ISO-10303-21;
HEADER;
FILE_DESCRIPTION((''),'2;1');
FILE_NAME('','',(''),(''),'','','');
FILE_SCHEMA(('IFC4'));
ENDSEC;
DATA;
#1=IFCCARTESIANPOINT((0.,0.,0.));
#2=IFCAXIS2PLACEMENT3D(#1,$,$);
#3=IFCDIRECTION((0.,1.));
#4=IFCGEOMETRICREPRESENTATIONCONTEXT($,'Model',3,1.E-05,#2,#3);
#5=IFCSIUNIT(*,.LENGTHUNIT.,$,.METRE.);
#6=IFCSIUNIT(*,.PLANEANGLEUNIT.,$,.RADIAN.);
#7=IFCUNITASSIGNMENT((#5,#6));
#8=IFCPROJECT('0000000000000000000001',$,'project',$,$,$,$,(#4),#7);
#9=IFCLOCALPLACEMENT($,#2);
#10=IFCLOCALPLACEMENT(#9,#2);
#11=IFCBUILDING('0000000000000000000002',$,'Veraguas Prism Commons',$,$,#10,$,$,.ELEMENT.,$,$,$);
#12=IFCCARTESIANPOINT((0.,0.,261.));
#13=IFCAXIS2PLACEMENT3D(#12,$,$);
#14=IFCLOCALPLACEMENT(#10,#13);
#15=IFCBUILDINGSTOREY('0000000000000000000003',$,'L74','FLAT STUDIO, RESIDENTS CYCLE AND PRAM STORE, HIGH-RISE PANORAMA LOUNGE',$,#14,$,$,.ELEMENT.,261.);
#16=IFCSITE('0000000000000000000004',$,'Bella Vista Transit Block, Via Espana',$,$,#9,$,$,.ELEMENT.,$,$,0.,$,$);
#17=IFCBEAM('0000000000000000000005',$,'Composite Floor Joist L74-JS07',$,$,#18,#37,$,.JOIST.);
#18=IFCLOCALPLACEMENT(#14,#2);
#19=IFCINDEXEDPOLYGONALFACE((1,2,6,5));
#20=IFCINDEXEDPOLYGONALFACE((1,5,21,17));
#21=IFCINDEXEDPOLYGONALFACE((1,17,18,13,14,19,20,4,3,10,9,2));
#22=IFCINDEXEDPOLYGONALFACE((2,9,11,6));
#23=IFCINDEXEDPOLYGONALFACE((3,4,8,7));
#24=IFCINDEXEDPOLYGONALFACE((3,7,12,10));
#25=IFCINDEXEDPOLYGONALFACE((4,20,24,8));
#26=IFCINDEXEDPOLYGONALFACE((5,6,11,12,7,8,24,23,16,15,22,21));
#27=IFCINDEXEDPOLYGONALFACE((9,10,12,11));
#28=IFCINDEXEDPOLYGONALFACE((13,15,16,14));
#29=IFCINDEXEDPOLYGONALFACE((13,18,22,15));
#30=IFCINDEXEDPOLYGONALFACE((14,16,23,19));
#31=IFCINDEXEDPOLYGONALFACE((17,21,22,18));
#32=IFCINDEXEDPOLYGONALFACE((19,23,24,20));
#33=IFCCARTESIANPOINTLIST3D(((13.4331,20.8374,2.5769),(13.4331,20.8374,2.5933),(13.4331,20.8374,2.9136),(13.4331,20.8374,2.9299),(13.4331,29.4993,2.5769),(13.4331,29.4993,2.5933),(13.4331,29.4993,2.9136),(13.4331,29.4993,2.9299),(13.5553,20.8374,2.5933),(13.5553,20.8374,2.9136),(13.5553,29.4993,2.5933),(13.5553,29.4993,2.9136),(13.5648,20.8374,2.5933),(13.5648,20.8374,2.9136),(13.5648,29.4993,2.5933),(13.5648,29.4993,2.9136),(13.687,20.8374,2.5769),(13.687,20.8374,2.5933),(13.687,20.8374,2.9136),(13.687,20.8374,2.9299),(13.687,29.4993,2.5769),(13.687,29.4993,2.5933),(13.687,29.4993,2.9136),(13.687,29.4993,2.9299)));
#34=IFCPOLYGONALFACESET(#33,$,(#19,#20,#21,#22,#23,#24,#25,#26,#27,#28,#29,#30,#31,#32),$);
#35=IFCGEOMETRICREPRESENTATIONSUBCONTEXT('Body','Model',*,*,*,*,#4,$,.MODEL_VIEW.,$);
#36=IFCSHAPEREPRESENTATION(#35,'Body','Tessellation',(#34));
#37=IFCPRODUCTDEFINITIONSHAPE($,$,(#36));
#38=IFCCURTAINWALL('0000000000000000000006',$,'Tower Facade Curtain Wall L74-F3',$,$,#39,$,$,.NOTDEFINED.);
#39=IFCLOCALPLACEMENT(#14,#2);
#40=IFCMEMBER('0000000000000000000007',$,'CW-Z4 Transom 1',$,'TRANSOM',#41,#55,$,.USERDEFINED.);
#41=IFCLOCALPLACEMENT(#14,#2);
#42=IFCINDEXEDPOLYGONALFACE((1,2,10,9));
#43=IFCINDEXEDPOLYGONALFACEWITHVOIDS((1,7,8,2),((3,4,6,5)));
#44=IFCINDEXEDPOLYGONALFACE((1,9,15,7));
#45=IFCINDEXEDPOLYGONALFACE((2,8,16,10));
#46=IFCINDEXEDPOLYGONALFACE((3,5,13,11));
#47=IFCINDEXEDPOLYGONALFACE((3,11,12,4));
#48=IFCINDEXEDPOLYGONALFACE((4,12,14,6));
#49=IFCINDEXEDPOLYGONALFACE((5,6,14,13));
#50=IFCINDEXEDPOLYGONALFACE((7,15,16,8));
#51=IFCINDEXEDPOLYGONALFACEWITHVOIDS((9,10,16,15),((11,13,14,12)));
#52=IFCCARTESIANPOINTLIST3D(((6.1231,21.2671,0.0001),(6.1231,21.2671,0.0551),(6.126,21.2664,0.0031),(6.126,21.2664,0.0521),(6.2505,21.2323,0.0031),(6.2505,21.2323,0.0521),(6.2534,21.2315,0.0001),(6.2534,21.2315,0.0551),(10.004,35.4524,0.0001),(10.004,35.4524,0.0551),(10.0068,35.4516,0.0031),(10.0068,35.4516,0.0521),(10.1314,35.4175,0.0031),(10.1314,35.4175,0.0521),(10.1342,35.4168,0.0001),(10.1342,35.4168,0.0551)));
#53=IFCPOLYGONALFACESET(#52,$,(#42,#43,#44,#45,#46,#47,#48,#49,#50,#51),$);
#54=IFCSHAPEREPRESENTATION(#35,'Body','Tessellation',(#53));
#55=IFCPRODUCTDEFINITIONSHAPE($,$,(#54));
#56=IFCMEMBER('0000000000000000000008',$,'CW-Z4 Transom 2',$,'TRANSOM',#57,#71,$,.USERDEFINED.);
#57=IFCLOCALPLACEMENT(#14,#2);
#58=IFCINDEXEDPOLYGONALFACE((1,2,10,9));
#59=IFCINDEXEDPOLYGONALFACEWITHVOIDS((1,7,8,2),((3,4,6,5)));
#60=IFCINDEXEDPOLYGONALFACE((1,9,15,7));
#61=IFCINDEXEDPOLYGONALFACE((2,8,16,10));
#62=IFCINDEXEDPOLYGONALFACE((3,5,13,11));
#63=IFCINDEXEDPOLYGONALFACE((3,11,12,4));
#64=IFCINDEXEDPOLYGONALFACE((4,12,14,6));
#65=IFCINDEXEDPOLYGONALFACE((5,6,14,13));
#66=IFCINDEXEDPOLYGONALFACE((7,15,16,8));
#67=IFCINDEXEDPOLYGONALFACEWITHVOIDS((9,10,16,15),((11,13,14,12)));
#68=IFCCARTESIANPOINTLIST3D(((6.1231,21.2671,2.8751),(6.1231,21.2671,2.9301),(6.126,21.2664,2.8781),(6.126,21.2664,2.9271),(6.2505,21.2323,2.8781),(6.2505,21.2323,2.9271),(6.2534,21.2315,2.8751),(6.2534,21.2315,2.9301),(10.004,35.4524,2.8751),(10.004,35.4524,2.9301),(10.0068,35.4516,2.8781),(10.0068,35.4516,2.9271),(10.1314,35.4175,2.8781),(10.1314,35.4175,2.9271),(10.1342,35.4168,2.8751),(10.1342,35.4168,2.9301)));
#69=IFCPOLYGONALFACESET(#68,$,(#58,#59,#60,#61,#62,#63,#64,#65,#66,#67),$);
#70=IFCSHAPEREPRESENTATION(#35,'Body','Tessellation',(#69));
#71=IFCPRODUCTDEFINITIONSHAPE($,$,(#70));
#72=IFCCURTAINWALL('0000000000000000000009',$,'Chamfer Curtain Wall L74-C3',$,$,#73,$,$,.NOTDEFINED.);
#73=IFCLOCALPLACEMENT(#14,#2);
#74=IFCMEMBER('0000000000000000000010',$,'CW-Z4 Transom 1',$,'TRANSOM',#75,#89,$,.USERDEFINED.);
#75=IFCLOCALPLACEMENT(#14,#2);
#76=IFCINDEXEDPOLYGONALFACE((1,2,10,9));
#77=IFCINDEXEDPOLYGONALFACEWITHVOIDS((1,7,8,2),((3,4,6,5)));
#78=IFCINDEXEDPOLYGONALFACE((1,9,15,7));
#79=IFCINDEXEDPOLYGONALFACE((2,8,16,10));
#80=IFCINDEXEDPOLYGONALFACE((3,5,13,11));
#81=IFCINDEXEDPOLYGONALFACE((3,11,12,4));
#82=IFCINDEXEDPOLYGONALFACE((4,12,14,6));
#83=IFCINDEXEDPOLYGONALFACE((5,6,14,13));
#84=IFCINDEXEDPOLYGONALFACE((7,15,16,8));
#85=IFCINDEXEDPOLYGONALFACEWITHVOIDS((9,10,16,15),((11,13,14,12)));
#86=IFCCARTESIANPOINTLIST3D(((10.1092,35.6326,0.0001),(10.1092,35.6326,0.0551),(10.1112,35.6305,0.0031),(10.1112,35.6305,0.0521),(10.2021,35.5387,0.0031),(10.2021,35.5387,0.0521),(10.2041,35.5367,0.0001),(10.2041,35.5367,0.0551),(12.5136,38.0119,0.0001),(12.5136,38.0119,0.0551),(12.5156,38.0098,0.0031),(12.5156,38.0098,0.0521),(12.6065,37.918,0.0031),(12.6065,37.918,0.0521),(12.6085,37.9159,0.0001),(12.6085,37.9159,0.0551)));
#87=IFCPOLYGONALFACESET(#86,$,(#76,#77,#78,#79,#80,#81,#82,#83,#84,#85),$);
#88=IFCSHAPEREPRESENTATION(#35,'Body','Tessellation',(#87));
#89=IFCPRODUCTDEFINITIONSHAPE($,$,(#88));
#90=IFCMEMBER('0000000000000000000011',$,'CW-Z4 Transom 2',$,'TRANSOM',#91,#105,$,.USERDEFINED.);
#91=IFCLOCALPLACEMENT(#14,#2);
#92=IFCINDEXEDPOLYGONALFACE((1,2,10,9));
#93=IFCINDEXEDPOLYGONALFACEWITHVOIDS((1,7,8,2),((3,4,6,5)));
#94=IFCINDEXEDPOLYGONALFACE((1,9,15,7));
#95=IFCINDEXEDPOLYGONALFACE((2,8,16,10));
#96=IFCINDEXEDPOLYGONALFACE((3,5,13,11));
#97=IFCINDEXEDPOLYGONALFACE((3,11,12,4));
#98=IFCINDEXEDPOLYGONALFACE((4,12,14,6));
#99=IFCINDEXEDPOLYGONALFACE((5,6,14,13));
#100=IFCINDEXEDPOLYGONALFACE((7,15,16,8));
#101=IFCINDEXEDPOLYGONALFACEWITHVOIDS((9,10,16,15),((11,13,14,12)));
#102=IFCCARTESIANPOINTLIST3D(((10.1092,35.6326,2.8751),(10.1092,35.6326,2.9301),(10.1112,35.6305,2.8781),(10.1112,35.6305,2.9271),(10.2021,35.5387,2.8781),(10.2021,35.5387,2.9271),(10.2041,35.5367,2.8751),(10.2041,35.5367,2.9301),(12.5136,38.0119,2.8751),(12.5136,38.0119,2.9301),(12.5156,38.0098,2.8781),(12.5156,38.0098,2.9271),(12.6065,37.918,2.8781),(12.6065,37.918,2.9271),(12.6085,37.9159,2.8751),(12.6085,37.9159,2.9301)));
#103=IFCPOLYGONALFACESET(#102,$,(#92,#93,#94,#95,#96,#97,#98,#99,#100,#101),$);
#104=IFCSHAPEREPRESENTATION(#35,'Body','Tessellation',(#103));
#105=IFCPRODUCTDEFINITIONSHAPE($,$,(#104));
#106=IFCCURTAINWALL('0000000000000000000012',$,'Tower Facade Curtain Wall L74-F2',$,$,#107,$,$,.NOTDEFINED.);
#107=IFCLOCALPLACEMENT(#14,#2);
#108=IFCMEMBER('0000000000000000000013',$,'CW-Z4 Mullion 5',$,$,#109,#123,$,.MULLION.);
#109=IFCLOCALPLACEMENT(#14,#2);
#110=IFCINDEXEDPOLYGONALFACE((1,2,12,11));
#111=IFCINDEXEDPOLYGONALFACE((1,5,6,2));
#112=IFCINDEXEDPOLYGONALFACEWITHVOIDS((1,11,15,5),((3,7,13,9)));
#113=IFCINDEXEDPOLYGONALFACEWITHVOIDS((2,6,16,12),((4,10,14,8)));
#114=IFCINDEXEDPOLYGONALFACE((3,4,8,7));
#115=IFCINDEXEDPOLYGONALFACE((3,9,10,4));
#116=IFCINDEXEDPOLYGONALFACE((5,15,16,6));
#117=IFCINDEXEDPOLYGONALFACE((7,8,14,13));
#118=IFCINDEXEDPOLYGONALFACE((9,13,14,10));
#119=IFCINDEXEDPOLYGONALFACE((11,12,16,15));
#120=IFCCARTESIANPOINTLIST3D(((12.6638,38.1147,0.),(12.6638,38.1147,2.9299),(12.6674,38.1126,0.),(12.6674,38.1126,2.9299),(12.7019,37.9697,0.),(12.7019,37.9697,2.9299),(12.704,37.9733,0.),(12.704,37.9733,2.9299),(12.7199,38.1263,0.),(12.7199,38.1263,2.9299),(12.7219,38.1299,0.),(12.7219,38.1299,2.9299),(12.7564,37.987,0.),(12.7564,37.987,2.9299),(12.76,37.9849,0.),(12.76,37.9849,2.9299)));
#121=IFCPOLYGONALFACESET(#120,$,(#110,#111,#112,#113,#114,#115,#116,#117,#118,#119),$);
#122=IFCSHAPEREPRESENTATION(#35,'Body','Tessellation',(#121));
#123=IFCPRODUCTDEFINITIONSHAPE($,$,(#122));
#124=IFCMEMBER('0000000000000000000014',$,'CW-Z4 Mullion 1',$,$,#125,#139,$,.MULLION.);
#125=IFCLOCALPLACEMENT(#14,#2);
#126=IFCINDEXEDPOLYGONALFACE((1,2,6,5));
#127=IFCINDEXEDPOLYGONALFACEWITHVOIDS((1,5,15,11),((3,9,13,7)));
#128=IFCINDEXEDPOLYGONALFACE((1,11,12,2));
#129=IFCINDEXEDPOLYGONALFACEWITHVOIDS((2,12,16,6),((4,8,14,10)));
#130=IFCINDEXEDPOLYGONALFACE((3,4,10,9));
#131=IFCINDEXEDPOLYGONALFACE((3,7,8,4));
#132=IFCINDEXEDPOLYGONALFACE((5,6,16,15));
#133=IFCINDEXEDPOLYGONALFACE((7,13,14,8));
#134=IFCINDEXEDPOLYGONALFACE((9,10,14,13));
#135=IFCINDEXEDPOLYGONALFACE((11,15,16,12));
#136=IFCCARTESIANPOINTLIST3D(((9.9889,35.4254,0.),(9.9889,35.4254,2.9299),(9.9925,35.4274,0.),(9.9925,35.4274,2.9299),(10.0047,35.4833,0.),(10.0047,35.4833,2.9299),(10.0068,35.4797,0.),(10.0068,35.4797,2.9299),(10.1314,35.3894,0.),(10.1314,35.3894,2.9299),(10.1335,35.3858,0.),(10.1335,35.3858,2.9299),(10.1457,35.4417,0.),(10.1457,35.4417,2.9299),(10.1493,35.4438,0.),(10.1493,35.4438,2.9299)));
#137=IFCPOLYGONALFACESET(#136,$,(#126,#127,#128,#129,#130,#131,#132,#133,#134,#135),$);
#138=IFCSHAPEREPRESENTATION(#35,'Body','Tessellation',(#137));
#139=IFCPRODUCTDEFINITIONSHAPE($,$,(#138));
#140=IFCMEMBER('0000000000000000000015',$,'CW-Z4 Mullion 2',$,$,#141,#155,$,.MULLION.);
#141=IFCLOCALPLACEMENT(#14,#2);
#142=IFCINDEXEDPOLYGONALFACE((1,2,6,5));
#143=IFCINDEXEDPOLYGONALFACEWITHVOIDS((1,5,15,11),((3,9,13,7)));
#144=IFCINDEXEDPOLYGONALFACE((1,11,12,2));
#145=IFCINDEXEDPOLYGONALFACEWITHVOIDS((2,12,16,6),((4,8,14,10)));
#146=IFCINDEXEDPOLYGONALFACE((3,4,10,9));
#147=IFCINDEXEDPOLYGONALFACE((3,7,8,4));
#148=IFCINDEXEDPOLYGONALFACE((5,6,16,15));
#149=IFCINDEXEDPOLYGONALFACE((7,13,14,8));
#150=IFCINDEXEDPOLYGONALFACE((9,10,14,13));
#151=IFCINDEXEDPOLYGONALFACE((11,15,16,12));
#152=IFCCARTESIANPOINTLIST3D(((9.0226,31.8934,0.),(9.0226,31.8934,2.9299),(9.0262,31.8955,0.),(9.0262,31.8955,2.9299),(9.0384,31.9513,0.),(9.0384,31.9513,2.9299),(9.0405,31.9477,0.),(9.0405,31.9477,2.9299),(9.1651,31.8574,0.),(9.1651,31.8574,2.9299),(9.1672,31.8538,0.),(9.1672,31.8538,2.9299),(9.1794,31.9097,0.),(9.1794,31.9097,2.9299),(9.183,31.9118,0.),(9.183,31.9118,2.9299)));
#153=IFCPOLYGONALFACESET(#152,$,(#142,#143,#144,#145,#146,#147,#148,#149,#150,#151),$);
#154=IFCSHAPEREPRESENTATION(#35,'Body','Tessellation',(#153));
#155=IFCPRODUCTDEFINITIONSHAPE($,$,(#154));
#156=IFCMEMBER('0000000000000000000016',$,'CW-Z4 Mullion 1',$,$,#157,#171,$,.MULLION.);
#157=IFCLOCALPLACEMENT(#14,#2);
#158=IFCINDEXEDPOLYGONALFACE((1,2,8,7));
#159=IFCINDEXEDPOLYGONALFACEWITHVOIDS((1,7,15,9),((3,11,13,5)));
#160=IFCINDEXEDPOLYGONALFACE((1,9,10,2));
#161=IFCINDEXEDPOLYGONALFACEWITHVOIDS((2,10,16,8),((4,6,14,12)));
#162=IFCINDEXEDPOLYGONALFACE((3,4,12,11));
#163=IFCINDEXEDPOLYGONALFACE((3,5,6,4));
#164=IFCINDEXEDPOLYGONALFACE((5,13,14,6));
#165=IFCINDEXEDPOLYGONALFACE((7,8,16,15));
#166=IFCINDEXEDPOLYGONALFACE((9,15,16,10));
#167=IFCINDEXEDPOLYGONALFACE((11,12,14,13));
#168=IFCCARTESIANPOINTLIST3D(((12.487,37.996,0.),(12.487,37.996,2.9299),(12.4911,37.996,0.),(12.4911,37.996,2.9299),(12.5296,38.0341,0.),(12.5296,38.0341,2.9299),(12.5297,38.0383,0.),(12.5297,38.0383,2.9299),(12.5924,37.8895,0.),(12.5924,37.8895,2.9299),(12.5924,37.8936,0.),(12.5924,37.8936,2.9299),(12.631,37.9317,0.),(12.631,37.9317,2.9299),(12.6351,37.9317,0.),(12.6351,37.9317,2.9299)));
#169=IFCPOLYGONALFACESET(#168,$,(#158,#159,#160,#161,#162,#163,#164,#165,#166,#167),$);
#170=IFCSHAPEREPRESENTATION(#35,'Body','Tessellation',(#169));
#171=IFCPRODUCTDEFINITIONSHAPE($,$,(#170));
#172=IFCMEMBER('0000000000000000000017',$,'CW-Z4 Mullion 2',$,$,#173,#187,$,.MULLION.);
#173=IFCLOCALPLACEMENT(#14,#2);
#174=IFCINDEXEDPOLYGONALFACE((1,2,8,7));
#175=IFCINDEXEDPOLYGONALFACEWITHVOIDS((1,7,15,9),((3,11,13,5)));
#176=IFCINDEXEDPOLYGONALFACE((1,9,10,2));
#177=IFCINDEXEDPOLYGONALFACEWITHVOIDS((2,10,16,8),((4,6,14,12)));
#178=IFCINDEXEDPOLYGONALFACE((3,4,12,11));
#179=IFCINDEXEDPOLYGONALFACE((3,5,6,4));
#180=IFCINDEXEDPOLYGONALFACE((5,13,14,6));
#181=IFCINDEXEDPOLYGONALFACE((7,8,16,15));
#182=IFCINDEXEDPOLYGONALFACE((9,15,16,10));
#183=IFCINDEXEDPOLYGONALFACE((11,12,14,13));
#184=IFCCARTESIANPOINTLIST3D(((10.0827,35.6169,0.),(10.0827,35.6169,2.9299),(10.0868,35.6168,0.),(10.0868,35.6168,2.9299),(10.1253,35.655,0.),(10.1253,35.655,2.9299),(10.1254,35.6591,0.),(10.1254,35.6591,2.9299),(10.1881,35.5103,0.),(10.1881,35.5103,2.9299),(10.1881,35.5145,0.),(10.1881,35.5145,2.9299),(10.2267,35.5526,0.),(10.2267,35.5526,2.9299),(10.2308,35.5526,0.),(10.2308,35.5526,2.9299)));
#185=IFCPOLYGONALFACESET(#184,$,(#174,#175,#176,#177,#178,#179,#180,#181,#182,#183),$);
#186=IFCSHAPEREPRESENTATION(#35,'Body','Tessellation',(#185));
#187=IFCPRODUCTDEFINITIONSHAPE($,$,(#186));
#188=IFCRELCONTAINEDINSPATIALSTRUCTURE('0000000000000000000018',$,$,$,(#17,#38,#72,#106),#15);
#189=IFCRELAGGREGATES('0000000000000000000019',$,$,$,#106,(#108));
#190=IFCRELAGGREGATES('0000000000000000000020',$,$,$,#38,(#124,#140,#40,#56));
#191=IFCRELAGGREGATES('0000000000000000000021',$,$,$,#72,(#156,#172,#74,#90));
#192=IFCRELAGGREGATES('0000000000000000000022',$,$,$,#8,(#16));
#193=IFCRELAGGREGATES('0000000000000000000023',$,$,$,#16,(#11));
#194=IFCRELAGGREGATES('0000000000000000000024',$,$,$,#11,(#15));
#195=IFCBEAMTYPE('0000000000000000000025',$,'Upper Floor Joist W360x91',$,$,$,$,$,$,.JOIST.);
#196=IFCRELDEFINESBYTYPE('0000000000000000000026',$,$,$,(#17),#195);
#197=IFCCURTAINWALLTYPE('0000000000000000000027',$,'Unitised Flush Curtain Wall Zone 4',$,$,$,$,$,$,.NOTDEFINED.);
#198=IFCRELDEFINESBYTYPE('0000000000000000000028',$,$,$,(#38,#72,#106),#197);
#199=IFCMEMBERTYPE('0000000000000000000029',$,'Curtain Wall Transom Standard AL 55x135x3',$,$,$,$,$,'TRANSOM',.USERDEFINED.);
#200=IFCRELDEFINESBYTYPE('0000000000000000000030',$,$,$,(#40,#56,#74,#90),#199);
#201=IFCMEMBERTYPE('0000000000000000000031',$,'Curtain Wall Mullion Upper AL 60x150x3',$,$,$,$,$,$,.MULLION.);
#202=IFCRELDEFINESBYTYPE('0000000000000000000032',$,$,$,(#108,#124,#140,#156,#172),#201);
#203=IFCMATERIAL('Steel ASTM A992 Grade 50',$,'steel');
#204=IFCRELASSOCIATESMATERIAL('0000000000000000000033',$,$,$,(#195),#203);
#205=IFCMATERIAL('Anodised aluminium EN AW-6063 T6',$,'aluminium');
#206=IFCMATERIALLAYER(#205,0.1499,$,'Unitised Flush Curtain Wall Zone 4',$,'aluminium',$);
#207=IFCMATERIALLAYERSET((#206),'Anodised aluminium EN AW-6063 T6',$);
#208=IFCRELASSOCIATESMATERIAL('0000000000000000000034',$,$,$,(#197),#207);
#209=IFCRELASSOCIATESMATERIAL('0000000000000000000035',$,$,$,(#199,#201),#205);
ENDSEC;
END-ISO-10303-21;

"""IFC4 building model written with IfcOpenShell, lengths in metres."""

from ifc_helpers import new_model, si_unit, direction, frame, origin, origin_2d, place, context, subcontext, project, spatial, hollow_rectangle, i_section, extrude, source, transform, mapped, material, layer, layer_set, material_profile, profile_set, type_object, element, aggregate, save


model = new_model("IFC4")

# Units and contexts
model_context = context("Model", 3, precision=1e-05, world=origin(), true_north=direction((0.0, 1.0)))
body_context = subcontext(model_context, "Body", "Model", "MODEL_VIEW")
ifc_project = project(units=[si_unit("LENGTHUNIT", "METRE"), si_unit("PLANEANGLEUNIT", "RADIAN")], contexts=[model_context])

# Site, building, storey
site_placement = place(None, origin())
site = spatial("IfcSite", under=ifc_project, at=site_placement, Name="Bella Vista Transit Block, Via Espana", CompositionType="ELEMENT", RefElevation=0.0)
building_placement = place(site_placement, origin())
building = spatial("IfcBuilding", under=site, at=building_placement, Name="Veraguas Prism Commons", CompositionType="ELEMENT")
storey_placement = place(building_placement, frame((0.0, 0.0, 261.0)))
storey = spatial("IfcBuildingStorey", under=building, at=storey_placement, Name="L74", Description="FLAT STUDIO, RESIDENTS CYCLE AND PRAM STORE, HIGH-RISE PANORAMA LOUNGE", CompositionType="ELEMENT", Elevation=261.0)

# Beam
ifc_material_1 = material(Name="Steel ASTM A992 Grade 50", Category="steel")
ifc_material_profile_1 = material_profile(ifc_material_1, i_section(OverallWidth=0.2539, OverallDepth=0.353, WebThickness=0.0095, FlangeThickness=0.0164, at=origin_2d()), Name="W360X91")
ifc_profile_set_1 = profile_set([ifc_material_profile_1], Name="Steel ASTM A992 Grade 50")
beam_type = type_object("IfcBeamType", Name="Upper Floor Joist W360x91", PredefinedType="JOIST", material=ifc_profile_set_1)
beam_placement = place(storey_placement, frame((13.5601, 29.4993, 2.7534), z_axis=(0.0, -1.0, 0.0), x_axis=(1.0, 0.0, 0.0)))
element("IfcBeam", 1, at=beam_placement, inside=storey, type_object=beam_type, Name="Composite Floor Joist L74-JS07", PredefinedType="JOIST", context=body_context, shape_type="SweptSolid", body=[
    extrude(i_section(OverallWidth=0.2539, OverallDepth=0.353, WebThickness=0.0095, FlangeThickness=0.0164, at=origin_2d()), origin(), (0.0, 0.0, 1.0), 8.6619),
])

# Curtain walls, members
ifc_material_2 = material(Name="Anodised aluminium EN AW-6063 T6", Category="aluminium")
ifc_layer_1 = layer(ifc_material_2, 0.1499, Name="Unitised Flush Curtain Wall Zone 4", Category="aluminium")
ifc_layer_set_1 = layer_set([ifc_layer_1], Name="Anodised aluminium EN AW-6063 T6")
curtain_wall_type = type_object("IfcCurtainWallType", Name="Unitised Flush Curtain Wall Zone 4", PredefinedType="NOTDEFINED", material=ifc_layer_set_1)
curtain_wall_1_placement = place(storey_placement, origin())
curtain_wall_1 = element("IfcCurtainWall", 2, at=curtain_wall_1_placement, inside=storey, type_object=curtain_wall_type, Name="Tower Facade Curtain Wall L74-F3", PredefinedType="NOTDEFINED")
ifc_material_profile_2 = material_profile(ifc_material_2, hollow_rectangle(XDim=0.0549, YDim=0.135, WallThickness=0.0029, at=origin_2d()), Name="AL55X135X3")
ifc_profile_set_2 = profile_set([ifc_material_profile_2], Name="Anodised aluminium EN AW-6063 T6")
member_type_1 = type_object("IfcMemberType", Name="Curtain Wall Transom Standard AL 55x135x3", ElementType="TRANSOM", PredefinedType="USERDEFINED", material=ifc_profile_set_2)
shared_shape_1 = source(origin(), body_context, "Body", "SweptSolid", [
    extrude(hollow_rectangle(XDim=0.0549, YDim=0.135, WallThickness=0.0029, at=origin_2d()), origin(), (0.0, 0.0, 1.0), 14.7065),
])
member_1_placement = place(storey_placement, frame((10.0691, 35.4346, 0.0276), z_axis=(-0.263886, -0.964554, 0.0), x_axis=(0.0, 0.0, 1.0)))
member_1 = element("IfcMember", 3, at=member_1_placement, type_object=member_type_1, Name="CW-Z4 Transom 1", ObjectType="TRANSOM", PredefinedType="USERDEFINED", context=body_context, shape_type="MappedRepresentation", body=[
    mapped(shared_shape_1, transform((0.0, 0.0, 0.0), scale=1.0)),
])
member_2_placement = place(storey_placement, frame((10.0691, 35.4346, 2.9026), z_axis=(-0.263886, -0.964554, 0.0), x_axis=(0.0, 0.0, 1.0)))
member_2 = element("IfcMember", 4, at=member_2_placement, type_object=member_type_1, Name="CW-Z4 Transom 2", ObjectType="TRANSOM", PredefinedType="USERDEFINED", context=body_context, shape_type="MappedRepresentation", body=[
    mapped(shared_shape_1, transform((0.0, 0.0, 0.0), scale=1.0)),
])
curtain_wall_2_placement = place(storey_placement, origin())
curtain_wall_2 = element("IfcCurtainWall", 5, at=curtain_wall_2_placement, inside=storey, type_object=curtain_wall_type, Name="Chamfer Curtain Wall L74-C3", PredefinedType="NOTDEFINED")
shared_shape_2 = source(origin(), body_context, "Body", "SweptSolid", [
    extrude(hollow_rectangle(XDim=0.0549, YDim=0.135, WallThickness=0.0029, at=origin_2d()), origin(), (0.0, 0.0, 1.0), 3.3826),
])
member_3_placement = place(storey_placement, frame((12.561, 37.9639, 0.0276), z_axis=(-0.710814, -0.70338, 0.0), x_axis=(0.0, 0.0, 1.0)))
member_3 = element("IfcMember", 6, at=member_3_placement, type_object=member_type_1, Name="CW-Z4 Transom 1", ObjectType="TRANSOM", PredefinedType="USERDEFINED", context=body_context, shape_type="MappedRepresentation", body=[
    mapped(shared_shape_2, transform((0.0, 0.0, 0.0), scale=1.0)),
])
member_4_placement = place(storey_placement, frame((12.561, 37.9639, 2.9026), z_axis=(-0.710814, -0.70338, 0.0), x_axis=(0.0, 0.0, 1.0)))
member_4 = element("IfcMember", 7, at=member_4_placement, type_object=member_type_1, Name="CW-Z4 Transom 2", ObjectType="TRANSOM", PredefinedType="USERDEFINED", context=body_context, shape_type="MappedRepresentation", body=[
    mapped(shared_shape_2, transform((0.0, 0.0, 0.0), scale=1.0)),
])

# Curtain wall, member
curtain_wall_3_placement = place(storey_placement, origin())
curtain_wall_3 = element("IfcCurtainWall", 8, at=curtain_wall_3_placement, inside=storey, type_object=curtain_wall_type, Name="Tower Facade Curtain Wall L74-F2", PredefinedType="NOTDEFINED")
ifc_material_profile_3 = material_profile(ifc_material_2, hollow_rectangle(XDim=0.0601, YDim=0.1499, WallThickness=0.0029, at=origin_2d()), Name="AL60X150X3")
ifc_profile_set_3 = profile_set([ifc_material_profile_3], Name="Anodised aluminium EN AW-6063 T6")
member_type_2 = type_object("IfcMemberType", Name="Curtain Wall Mullion Upper AL 60x150x3", PredefinedType="MULLION", material=ifc_profile_set_3)
shared_shape_3 = source(origin(), body_context, "Body", "SweptSolid", [
    extrude(hollow_rectangle(XDim=0.0601, YDim=0.1499, WallThickness=0.0029, at=origin_2d()), origin(), (0.0, 0.0, 1.0), 2.9299),
])
member_5_placement = place(storey_placement, frame((12.7119, 38.0498, 0.0), z_axis=(0.0, 0.0, 1.0), x_axis=(-0.967266, -0.253765, 0.0)))
member_5 = element("IfcMember", 9, at=member_5_placement, type_object=member_type_2, Name="CW-Z4 Mullion 5", PredefinedType="MULLION", context=body_context, shape_type="MappedRepresentation", body=[
    mapped(shared_shape_3, transform((0.0, 0.0, 0.0), scale=1.0)),
])

# Members
member_6_placement = place(storey_placement, frame((10.0691, 35.4346, 0.0), z_axis=(0.0, 0.0, 1.0), x_axis=(-0.263883, -0.964555, 0.0)))
member_6 = element("IfcMember", 10, at=member_6_placement, type_object=member_type_2, Name="CW-Z4 Mullion 1", PredefinedType="MULLION", context=body_context, shape_type="MappedRepresentation", body=[
    mapped(shared_shape_3, transform((0.0, 0.0, 0.0), scale=1.0)),
])
member_7_placement = place(storey_placement, frame((9.1028, 31.9026, 0.0), z_axis=(0.0, 0.0, 1.0), x_axis=(-0.263883, -0.964555, 0.0)))
member_7 = element("IfcMember", 11, at=member_7_placement, type_object=member_type_2, Name="CW-Z4 Mullion 2", PredefinedType="MULLION", context=body_context, shape_type="MappedRepresentation", body=[
    mapped(shared_shape_3, transform((0.0, 0.0, 0.0), scale=1.0)),
])
member_8_placement = place(storey_placement, frame((12.561, 37.9639, 0.0), z_axis=(0.0, 0.0, 1.0), x_axis=(-0.710815, -0.703379, 0.0)))
member_8 = element("IfcMember", 12, at=member_8_placement, type_object=member_type_2, Name="CW-Z4 Mullion 1", PredefinedType="MULLION", context=body_context, shape_type="MappedRepresentation", body=[
    mapped(shared_shape_3, transform((0.0, 0.0, 0.0), scale=1.0)),
])
member_9_placement = place(storey_placement, frame((10.1567, 35.5847, 0.0), z_axis=(0.0, 0.0, 1.0), x_axis=(-0.710815, -0.703379, 0.0)))
member_9 = element("IfcMember", 13, at=member_9_placement, type_object=member_type_2, Name="CW-Z4 Mullion 2", PredefinedType="MULLION", context=body_context, shape_type="MappedRepresentation", body=[
    mapped(shared_shape_3, transform((0.0, 0.0, 0.0), scale=1.0)),
])

aggregate(curtain_wall_3, [member_5])
aggregate(curtain_wall_1, [member_6, member_7, member_1, member_2])
aggregate(curtain_wall_2, [member_8, member_9, member_3, member_4])

save(model, "model.ifc")
